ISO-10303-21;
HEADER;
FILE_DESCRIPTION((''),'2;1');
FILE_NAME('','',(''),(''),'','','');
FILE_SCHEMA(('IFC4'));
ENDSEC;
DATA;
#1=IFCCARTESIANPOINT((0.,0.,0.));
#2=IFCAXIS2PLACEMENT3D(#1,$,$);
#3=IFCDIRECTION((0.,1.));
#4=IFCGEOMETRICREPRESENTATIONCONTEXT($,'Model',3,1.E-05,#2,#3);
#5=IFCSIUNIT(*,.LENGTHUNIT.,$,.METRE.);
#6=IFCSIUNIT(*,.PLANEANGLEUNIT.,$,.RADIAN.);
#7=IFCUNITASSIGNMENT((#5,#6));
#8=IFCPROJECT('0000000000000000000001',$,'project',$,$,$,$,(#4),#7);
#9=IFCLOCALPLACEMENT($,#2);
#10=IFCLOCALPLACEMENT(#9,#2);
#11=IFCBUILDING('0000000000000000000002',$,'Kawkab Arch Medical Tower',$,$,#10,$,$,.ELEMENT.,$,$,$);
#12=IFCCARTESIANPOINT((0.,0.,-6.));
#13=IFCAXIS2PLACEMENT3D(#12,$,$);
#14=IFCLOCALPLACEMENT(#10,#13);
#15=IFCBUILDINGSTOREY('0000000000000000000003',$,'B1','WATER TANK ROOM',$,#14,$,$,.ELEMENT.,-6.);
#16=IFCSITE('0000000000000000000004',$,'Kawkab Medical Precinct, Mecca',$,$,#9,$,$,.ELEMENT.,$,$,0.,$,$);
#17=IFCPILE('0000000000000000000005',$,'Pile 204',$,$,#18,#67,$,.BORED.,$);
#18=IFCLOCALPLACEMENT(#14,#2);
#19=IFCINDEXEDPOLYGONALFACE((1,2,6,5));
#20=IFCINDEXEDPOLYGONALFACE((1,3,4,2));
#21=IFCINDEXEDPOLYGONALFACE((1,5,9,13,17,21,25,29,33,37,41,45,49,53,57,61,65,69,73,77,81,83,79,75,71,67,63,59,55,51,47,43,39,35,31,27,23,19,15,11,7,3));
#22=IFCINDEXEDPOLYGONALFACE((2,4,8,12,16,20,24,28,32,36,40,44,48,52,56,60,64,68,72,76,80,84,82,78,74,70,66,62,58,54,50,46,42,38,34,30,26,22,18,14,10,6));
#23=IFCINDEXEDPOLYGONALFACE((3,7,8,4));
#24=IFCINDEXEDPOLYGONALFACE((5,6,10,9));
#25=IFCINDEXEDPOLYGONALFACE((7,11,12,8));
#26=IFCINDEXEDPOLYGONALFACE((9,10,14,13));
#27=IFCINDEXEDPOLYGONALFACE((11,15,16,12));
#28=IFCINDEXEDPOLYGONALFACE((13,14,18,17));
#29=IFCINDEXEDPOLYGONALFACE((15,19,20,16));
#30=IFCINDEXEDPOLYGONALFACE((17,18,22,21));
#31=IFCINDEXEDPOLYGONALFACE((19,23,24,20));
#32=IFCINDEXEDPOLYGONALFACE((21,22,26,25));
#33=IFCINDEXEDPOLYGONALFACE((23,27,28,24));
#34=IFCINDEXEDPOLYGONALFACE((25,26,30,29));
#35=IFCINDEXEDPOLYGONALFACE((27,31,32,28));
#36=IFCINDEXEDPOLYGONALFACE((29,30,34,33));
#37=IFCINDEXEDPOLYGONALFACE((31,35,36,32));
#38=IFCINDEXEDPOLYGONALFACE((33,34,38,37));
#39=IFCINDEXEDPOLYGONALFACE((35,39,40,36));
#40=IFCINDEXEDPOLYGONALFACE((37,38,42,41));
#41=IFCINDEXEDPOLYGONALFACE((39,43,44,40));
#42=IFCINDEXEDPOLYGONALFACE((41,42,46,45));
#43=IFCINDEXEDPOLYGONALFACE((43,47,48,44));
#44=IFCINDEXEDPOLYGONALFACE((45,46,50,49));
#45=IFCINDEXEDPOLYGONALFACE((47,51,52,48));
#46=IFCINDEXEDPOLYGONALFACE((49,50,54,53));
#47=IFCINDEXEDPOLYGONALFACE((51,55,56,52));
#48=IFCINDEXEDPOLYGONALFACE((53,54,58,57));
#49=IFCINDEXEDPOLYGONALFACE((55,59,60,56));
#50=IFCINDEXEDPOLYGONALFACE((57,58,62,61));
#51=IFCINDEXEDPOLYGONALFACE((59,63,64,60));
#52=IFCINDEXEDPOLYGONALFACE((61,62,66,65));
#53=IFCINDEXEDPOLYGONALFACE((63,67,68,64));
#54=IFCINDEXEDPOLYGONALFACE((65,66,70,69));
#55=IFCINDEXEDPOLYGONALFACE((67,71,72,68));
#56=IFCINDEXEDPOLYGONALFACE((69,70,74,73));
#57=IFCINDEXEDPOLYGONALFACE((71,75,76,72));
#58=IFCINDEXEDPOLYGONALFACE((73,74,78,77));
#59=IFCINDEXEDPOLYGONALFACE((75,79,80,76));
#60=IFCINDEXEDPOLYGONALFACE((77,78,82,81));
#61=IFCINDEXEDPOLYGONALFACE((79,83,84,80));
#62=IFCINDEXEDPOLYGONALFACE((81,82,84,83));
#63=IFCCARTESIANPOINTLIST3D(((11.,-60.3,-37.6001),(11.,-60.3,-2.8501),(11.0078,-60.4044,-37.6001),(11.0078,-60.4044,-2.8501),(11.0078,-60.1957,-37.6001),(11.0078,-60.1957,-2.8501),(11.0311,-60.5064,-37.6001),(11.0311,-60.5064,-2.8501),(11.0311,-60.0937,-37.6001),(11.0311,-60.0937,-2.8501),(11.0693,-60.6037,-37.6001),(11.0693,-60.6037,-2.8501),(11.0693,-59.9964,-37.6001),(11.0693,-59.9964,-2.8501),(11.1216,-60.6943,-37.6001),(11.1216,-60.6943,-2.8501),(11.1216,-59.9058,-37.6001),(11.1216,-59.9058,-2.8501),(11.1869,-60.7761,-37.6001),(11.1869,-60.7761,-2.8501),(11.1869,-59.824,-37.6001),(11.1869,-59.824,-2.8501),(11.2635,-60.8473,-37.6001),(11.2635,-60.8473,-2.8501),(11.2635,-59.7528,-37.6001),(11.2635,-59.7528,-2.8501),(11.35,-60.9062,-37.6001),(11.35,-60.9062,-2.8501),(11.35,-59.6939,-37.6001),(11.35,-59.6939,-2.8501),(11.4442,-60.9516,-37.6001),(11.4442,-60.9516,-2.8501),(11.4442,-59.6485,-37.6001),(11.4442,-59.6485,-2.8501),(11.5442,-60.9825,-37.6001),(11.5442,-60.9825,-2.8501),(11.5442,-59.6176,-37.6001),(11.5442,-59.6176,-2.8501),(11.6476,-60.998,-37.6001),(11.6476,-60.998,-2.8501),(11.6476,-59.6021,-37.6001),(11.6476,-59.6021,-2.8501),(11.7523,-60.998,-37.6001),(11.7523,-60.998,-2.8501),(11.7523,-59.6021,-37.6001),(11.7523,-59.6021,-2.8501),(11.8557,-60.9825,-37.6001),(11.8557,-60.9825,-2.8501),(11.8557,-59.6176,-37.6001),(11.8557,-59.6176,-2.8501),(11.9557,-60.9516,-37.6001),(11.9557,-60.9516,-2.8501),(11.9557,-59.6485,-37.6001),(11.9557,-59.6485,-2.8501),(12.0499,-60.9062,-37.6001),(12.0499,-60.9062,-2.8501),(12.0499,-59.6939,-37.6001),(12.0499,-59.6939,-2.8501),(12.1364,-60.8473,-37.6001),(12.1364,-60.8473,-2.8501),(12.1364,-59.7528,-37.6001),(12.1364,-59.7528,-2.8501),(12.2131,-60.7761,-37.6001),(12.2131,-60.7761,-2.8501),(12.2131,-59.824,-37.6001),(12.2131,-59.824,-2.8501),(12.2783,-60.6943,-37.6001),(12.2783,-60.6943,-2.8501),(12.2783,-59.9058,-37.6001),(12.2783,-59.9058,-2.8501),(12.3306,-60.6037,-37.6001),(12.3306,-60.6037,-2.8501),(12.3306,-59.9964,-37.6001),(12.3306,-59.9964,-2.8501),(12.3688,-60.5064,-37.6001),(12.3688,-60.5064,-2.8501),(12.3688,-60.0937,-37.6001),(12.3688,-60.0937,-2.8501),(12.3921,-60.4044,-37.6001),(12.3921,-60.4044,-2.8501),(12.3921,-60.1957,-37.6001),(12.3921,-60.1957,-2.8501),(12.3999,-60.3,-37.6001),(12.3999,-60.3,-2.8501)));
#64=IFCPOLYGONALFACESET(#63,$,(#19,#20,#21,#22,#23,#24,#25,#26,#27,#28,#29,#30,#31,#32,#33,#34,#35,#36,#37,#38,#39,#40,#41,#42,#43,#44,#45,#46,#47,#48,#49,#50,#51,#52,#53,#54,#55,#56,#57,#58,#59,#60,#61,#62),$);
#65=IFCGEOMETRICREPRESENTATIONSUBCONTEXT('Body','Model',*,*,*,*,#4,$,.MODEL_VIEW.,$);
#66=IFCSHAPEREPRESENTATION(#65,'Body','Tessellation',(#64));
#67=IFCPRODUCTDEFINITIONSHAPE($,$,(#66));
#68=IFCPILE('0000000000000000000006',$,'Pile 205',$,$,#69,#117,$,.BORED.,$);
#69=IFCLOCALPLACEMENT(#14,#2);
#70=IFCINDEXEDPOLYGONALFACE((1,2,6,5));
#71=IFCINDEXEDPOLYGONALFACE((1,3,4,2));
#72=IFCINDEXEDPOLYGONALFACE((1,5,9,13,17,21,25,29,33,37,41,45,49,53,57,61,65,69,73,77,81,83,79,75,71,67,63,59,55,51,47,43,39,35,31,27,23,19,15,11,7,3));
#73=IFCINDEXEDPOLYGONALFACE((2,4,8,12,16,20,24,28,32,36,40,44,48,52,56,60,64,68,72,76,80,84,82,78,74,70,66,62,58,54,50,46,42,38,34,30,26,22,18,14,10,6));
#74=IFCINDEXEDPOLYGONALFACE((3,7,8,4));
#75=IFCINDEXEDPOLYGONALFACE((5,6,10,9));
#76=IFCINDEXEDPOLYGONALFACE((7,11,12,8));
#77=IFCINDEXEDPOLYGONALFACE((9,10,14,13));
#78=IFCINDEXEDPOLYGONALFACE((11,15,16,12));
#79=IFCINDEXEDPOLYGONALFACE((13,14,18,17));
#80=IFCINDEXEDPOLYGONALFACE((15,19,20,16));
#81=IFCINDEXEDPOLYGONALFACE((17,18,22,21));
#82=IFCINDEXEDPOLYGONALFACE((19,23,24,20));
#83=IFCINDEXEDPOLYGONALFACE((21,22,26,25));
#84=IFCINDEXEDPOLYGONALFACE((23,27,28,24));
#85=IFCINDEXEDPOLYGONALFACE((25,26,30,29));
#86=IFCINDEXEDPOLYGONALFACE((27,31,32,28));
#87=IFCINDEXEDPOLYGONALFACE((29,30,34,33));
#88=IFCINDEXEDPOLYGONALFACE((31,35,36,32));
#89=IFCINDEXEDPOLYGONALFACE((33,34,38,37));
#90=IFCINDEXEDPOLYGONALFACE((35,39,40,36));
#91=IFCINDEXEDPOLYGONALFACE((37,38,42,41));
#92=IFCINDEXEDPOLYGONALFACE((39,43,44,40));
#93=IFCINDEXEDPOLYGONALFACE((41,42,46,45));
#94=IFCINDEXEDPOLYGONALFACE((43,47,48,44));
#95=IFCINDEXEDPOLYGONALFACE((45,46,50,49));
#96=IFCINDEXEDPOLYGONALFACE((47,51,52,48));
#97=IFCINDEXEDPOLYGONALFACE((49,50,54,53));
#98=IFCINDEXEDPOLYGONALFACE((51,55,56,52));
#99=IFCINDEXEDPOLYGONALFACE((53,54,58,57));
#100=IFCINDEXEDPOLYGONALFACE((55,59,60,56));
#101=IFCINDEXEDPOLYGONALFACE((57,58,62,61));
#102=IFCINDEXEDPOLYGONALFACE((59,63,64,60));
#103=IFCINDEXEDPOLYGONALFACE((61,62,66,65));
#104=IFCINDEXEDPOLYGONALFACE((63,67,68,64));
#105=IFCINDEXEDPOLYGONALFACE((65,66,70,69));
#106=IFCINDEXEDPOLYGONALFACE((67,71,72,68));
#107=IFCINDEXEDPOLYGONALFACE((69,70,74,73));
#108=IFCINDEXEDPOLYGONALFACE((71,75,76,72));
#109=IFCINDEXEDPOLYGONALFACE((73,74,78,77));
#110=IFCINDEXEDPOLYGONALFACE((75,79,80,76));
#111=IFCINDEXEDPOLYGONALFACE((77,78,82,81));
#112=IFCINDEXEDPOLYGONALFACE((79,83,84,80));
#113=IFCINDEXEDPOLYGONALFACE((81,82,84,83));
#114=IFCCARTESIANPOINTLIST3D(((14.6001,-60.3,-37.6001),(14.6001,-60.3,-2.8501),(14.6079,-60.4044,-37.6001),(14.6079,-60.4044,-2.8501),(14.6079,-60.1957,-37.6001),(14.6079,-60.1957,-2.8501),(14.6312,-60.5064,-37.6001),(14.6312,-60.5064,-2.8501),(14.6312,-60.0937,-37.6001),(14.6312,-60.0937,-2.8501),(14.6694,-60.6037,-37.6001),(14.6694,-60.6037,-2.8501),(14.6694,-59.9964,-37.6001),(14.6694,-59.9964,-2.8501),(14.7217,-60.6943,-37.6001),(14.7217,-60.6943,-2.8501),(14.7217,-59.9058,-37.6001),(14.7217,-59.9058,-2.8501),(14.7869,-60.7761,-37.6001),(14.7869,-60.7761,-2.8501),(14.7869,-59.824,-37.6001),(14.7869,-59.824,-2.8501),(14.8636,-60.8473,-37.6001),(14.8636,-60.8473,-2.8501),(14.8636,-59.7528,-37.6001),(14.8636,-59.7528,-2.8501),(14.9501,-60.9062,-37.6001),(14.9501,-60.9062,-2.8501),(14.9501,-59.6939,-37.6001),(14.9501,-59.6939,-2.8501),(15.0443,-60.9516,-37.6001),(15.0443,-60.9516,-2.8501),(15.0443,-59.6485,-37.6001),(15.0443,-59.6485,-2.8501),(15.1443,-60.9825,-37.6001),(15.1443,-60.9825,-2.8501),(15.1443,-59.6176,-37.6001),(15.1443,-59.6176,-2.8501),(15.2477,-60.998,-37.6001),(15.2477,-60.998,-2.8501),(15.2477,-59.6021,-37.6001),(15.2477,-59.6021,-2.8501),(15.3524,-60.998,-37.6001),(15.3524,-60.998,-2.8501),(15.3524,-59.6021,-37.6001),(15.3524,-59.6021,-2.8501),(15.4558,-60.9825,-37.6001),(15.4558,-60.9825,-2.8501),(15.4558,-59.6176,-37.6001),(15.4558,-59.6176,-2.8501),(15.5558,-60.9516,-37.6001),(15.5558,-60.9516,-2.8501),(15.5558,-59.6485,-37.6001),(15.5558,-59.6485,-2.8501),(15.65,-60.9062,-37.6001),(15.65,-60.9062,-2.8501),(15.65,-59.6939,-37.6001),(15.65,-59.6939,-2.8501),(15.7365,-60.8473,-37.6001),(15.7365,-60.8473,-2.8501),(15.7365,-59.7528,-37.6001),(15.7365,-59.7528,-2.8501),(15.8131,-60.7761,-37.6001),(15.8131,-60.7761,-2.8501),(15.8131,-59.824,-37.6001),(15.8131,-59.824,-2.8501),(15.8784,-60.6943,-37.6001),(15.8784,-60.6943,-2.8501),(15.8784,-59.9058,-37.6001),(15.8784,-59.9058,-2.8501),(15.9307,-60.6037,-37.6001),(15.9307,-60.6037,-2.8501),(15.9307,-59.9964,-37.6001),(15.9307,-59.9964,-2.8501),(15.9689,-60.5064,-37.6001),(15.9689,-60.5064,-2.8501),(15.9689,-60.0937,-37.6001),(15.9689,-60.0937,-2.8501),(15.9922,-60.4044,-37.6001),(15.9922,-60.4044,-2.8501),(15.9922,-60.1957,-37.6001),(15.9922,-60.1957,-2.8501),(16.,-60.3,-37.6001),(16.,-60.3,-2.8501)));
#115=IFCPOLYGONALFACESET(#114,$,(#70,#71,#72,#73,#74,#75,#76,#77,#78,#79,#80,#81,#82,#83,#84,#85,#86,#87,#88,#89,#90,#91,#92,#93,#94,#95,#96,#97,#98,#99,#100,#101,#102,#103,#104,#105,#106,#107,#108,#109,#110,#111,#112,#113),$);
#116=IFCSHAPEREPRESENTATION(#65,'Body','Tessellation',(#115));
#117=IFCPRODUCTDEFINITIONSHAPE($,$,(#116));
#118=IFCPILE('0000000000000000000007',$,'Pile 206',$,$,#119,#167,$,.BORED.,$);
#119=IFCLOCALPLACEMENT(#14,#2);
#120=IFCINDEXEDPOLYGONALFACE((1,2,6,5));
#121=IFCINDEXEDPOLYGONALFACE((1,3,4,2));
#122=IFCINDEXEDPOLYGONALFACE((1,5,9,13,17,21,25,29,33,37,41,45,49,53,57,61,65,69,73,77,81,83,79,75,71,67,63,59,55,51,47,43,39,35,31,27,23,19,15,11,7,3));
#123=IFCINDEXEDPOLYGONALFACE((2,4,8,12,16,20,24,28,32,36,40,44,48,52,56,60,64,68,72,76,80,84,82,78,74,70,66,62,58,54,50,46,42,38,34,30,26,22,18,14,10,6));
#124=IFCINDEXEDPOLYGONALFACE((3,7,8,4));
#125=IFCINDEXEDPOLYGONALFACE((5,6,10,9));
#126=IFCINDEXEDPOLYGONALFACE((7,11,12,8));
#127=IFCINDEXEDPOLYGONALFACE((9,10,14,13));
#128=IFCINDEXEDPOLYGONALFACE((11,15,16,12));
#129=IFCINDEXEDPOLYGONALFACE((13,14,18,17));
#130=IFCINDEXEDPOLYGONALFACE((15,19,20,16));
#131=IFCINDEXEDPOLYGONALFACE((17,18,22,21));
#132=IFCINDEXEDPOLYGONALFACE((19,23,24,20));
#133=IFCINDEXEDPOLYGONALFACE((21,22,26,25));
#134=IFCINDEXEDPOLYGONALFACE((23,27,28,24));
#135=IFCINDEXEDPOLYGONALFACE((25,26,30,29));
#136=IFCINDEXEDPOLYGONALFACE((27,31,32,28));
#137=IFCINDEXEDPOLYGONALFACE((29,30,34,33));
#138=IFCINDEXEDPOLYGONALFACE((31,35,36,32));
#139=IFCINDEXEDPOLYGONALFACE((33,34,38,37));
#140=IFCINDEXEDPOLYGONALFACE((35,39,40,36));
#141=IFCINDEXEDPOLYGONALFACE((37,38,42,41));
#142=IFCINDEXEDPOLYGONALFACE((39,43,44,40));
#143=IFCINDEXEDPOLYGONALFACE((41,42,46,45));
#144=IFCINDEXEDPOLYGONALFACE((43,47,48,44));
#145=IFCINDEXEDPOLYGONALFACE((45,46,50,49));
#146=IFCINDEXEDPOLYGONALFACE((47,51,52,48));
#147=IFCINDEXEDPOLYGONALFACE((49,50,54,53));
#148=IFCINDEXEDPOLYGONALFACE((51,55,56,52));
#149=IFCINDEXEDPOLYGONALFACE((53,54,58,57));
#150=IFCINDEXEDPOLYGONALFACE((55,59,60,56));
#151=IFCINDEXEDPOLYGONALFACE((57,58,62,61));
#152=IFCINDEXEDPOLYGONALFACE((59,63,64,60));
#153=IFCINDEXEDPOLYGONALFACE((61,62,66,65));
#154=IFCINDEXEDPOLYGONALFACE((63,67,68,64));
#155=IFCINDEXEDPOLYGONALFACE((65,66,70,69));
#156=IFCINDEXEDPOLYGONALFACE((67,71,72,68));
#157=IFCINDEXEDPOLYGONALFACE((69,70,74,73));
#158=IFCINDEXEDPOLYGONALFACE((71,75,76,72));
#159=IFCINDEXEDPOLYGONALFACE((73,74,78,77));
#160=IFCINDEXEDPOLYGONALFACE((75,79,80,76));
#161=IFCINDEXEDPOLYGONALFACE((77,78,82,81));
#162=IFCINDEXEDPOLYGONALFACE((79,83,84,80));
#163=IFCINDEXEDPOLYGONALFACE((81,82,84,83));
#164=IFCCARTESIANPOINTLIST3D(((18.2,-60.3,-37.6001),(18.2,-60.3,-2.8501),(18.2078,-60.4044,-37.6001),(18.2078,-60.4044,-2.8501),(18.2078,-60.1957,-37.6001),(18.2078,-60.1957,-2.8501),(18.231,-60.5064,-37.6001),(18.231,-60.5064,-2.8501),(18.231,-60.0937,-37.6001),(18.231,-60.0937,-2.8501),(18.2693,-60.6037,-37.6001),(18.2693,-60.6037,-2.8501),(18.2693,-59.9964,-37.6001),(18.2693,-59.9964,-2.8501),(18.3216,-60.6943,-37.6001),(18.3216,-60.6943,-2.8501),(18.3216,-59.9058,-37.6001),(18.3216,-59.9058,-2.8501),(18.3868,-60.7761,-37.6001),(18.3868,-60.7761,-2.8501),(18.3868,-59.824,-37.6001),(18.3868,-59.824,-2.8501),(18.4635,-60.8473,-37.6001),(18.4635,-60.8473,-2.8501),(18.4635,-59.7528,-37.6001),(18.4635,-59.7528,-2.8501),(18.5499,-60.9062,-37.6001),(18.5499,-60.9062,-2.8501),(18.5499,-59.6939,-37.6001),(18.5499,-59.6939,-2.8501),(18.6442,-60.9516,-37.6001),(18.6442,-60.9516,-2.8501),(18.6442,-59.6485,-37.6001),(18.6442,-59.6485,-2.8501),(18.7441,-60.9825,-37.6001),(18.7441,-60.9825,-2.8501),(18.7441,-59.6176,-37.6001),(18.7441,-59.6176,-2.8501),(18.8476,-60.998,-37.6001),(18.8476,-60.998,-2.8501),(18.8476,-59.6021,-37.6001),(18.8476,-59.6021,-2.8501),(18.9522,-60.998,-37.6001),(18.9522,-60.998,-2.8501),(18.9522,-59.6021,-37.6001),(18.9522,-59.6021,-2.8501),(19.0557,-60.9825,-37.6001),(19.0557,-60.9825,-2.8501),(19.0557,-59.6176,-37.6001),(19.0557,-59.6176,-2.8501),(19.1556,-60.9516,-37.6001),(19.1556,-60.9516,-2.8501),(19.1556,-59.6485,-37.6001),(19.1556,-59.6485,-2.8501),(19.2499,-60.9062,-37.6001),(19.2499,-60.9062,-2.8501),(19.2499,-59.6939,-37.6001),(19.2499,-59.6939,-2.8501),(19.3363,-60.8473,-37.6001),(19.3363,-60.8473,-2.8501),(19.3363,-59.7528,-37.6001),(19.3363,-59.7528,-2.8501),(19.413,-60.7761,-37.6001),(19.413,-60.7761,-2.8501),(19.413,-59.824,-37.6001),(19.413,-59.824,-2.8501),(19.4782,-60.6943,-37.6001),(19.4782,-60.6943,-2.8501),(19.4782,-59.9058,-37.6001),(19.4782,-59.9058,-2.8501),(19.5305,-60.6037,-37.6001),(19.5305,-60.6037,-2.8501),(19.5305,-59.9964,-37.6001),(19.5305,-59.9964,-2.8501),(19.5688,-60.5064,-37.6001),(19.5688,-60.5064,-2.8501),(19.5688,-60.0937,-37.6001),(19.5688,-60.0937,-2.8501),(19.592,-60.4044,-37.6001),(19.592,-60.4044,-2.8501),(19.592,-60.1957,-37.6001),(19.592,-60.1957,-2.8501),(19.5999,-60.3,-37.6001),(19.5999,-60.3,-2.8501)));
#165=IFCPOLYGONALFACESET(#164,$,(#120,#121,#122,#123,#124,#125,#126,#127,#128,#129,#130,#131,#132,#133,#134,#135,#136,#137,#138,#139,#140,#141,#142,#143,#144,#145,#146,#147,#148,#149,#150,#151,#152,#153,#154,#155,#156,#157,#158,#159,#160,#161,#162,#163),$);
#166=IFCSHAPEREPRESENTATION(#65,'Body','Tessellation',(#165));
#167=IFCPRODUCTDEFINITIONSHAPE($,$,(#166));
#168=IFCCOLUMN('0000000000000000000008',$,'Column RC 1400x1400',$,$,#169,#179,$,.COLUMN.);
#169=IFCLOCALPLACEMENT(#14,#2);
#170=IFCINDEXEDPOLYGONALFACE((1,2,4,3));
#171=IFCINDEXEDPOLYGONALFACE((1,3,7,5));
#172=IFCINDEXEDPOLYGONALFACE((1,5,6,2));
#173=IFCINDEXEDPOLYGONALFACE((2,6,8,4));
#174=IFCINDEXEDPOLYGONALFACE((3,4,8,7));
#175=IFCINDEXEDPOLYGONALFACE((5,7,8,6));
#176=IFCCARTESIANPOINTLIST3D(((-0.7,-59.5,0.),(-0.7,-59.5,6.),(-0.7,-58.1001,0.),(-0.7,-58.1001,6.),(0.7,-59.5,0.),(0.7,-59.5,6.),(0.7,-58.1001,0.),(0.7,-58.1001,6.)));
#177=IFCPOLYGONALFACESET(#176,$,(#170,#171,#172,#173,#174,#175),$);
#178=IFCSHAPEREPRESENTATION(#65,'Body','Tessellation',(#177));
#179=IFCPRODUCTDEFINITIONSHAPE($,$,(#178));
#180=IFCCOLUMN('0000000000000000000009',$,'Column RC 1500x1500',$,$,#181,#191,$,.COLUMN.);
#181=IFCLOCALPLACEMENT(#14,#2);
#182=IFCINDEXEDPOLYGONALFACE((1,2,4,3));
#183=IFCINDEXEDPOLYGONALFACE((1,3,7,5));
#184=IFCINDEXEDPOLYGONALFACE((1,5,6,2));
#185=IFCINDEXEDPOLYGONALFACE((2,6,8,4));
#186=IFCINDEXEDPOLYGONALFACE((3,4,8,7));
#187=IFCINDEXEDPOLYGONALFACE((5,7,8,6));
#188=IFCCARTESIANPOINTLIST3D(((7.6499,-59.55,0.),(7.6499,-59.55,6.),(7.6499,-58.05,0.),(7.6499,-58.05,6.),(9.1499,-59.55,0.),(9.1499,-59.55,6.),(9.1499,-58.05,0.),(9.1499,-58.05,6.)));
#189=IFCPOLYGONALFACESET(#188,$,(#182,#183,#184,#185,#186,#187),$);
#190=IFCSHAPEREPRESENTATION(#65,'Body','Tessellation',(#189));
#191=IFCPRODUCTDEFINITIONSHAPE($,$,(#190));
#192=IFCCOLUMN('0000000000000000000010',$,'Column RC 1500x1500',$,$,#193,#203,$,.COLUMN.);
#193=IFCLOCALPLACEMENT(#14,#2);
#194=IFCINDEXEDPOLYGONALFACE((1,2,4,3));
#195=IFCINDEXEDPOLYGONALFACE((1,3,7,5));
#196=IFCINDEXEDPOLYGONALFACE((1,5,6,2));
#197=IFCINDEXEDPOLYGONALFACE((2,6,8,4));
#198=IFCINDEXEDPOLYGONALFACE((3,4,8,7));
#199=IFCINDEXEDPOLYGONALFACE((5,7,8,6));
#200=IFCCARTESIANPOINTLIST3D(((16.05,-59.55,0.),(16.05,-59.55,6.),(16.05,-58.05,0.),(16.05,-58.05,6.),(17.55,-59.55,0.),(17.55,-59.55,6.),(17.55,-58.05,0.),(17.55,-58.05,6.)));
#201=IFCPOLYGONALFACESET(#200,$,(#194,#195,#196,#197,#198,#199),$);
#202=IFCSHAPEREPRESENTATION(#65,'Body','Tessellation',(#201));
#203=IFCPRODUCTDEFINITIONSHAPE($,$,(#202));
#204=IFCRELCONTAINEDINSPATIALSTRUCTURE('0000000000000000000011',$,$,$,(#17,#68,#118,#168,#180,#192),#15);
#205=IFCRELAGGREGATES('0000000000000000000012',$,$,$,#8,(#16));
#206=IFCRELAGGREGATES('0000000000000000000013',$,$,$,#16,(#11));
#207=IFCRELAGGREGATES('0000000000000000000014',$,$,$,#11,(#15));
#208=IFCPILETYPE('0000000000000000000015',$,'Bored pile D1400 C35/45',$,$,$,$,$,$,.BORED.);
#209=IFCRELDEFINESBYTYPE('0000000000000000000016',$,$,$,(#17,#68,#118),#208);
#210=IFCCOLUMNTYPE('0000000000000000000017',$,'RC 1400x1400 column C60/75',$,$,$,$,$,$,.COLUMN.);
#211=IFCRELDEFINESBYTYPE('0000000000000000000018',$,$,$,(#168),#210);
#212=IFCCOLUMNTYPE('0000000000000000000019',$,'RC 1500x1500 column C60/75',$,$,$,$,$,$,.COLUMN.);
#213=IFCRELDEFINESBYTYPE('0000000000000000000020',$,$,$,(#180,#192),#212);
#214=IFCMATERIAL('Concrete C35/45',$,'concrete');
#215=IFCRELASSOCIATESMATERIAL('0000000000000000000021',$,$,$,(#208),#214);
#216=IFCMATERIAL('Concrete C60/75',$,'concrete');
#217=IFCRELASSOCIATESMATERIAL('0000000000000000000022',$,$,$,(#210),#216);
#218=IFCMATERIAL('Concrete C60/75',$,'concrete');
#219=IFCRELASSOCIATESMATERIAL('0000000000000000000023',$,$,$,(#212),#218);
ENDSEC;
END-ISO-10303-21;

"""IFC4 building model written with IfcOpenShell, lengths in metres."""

from ifc_helpers import new_model, si_unit, direction, frame, origin, origin_2d, place, context, subcontext, project, spatial, rectangle, circle, extrude, material, material_profile, profile_set, type_object, element, save


model = new_model("IFC4")

# Units and contexts
model_context = context("Model", 3, precision=1e-05, world=origin(), true_north=direction((0.0, 1.0)))
body_context = subcontext(model_context, "Body", "Model", "MODEL_VIEW")
ifc_project = project(units=[si_unit("LENGTHUNIT", "METRE"), si_unit("PLANEANGLEUNIT", "RADIAN")], contexts=[model_context])

# Site, building, storey
site_placement = place(None, origin())
site = spatial("IfcSite", under=ifc_project, at=site_placement, Name="Kawkab Medical Precinct, Mecca", CompositionType="ELEMENT", RefElevation=0.0)
building_placement = place(site_placement, origin())
building = spatial("IfcBuilding", under=site, at=building_placement, Name="Kawkab Arch Medical Tower", CompositionType="ELEMENT")
storey_placement = place(building_placement, frame((0.0, 0.0, -6.0)))
storey = spatial("IfcBuildingStorey", under=building, at=storey_placement, Name="B1", Description="WATER TANK ROOM", CompositionType="ELEMENT", Elevation=-6.0)

# Piles
ifc_material_1 = material(Name="Concrete C35/45", Category="concrete")
ifc_material_profile_1 = material_profile(ifc_material_1, circle(Radius=0.7, at=origin_2d()), Name="Bored pile D1400")
ifc_profile_set_1 = profile_set([ifc_material_profile_1], Name="Concrete C35/45")
pile_type = type_object("IfcPileType", Name="Bored pile D1400 C35/45", PredefinedType="BORED", material=ifc_profile_set_1)
for number, where, z_axis, x_axis, name in (
    (1, (11.7, -60.3, -2.8501), (0.0, 0.0, -1.0), (1.0, 0.0, 0.0), "Pile 204"),
    (2, (15.3, -60.3, -2.8501), (0.0, 0.0, -1.0), (1.0, 0.0, 0.0), "Pile 205"),
    (3, (18.8999, -60.3, -2.8501), (0.0, 0.0, -1.0), (1.0, 0.0, 0.0), "Pile 206"),
):
    element("IfcPile", number, at=place(storey_placement, frame(where, z_axis=z_axis, x_axis=x_axis)), inside=storey, type_object=pile_type, Name=name, PredefinedType="BORED", context=body_context, shape_type="SweptSolid", body=[
        extrude(circle(Radius=0.7, at=origin_2d()), origin(), (0.0, 0.0, 1.0), 34.75),
    ])

# Columns
ifc_material_2 = material(Name="Concrete C60/75", Category="concrete")
ifc_material_profile_2 = material_profile(ifc_material_2, rectangle(XDim=1.3999, YDim=1.3999, at=origin_2d()), Name="RC 1400x1400")
ifc_profile_set_2 = profile_set([ifc_material_profile_2], Name="Concrete C60/75")
column_type_1 = type_object("IfcColumnType", Name="RC 1400x1400 column C60/75", PredefinedType="COLUMN", material=ifc_profile_set_2)
column_placement = place(storey_placement, frame((0.0, -58.8, 0.0), z_axis=(0.0, 0.0, 1.0), x_axis=(1.0, 0.0, 0.0)))
element("IfcColumn", 4, at=column_placement, inside=storey, type_object=column_type_1, Name="Column RC 1400x1400", PredefinedType="COLUMN", context=body_context, shape_type="SweptSolid", body=[
    extrude(rectangle(XDim=1.3999, YDim=1.3999, at=origin_2d()), origin(), (0.0, 0.0, 1.0), 6.0),
])
ifc_material_3 = material(Name="Concrete C60/75", Category="concrete")
ifc_material_profile_3 = material_profile(ifc_material_3, rectangle(XDim=1.5, YDim=1.5, at=origin_2d()), Name="RC 1500x1500")
ifc_profile_set_3 = profile_set([ifc_material_profile_3], Name="Concrete C60/75")
column_type_2 = type_object("IfcColumnType", Name="RC 1500x1500 column C60/75", PredefinedType="COLUMN", material=ifc_profile_set_3)
for number, where, z_axis, x_axis, name in (
    (5, (8.3999, -58.8, 0.0), (0.0, 0.0, 1.0), (1.0, 0.0, 0.0), "Column RC 1500x1500"),
    (6, (16.8, -58.8, 0.0), (0.0, 0.0, 1.0), (1.0, 0.0, 0.0), "Column RC 1500x1500"),
):
    element("IfcColumn", number, at=place(storey_placement, frame(where, z_axis=z_axis, x_axis=x_axis)), inside=storey, type_object=column_type_2, Name=name, PredefinedType="COLUMN", context=body_context, shape_type="SweptSolid", body=[
        extrude(rectangle(XDim=1.5, YDim=1.5, at=origin_2d()), origin(), (0.0, 0.0, 1.0), 6.0),
    ])

save(model, "model.ifc")
